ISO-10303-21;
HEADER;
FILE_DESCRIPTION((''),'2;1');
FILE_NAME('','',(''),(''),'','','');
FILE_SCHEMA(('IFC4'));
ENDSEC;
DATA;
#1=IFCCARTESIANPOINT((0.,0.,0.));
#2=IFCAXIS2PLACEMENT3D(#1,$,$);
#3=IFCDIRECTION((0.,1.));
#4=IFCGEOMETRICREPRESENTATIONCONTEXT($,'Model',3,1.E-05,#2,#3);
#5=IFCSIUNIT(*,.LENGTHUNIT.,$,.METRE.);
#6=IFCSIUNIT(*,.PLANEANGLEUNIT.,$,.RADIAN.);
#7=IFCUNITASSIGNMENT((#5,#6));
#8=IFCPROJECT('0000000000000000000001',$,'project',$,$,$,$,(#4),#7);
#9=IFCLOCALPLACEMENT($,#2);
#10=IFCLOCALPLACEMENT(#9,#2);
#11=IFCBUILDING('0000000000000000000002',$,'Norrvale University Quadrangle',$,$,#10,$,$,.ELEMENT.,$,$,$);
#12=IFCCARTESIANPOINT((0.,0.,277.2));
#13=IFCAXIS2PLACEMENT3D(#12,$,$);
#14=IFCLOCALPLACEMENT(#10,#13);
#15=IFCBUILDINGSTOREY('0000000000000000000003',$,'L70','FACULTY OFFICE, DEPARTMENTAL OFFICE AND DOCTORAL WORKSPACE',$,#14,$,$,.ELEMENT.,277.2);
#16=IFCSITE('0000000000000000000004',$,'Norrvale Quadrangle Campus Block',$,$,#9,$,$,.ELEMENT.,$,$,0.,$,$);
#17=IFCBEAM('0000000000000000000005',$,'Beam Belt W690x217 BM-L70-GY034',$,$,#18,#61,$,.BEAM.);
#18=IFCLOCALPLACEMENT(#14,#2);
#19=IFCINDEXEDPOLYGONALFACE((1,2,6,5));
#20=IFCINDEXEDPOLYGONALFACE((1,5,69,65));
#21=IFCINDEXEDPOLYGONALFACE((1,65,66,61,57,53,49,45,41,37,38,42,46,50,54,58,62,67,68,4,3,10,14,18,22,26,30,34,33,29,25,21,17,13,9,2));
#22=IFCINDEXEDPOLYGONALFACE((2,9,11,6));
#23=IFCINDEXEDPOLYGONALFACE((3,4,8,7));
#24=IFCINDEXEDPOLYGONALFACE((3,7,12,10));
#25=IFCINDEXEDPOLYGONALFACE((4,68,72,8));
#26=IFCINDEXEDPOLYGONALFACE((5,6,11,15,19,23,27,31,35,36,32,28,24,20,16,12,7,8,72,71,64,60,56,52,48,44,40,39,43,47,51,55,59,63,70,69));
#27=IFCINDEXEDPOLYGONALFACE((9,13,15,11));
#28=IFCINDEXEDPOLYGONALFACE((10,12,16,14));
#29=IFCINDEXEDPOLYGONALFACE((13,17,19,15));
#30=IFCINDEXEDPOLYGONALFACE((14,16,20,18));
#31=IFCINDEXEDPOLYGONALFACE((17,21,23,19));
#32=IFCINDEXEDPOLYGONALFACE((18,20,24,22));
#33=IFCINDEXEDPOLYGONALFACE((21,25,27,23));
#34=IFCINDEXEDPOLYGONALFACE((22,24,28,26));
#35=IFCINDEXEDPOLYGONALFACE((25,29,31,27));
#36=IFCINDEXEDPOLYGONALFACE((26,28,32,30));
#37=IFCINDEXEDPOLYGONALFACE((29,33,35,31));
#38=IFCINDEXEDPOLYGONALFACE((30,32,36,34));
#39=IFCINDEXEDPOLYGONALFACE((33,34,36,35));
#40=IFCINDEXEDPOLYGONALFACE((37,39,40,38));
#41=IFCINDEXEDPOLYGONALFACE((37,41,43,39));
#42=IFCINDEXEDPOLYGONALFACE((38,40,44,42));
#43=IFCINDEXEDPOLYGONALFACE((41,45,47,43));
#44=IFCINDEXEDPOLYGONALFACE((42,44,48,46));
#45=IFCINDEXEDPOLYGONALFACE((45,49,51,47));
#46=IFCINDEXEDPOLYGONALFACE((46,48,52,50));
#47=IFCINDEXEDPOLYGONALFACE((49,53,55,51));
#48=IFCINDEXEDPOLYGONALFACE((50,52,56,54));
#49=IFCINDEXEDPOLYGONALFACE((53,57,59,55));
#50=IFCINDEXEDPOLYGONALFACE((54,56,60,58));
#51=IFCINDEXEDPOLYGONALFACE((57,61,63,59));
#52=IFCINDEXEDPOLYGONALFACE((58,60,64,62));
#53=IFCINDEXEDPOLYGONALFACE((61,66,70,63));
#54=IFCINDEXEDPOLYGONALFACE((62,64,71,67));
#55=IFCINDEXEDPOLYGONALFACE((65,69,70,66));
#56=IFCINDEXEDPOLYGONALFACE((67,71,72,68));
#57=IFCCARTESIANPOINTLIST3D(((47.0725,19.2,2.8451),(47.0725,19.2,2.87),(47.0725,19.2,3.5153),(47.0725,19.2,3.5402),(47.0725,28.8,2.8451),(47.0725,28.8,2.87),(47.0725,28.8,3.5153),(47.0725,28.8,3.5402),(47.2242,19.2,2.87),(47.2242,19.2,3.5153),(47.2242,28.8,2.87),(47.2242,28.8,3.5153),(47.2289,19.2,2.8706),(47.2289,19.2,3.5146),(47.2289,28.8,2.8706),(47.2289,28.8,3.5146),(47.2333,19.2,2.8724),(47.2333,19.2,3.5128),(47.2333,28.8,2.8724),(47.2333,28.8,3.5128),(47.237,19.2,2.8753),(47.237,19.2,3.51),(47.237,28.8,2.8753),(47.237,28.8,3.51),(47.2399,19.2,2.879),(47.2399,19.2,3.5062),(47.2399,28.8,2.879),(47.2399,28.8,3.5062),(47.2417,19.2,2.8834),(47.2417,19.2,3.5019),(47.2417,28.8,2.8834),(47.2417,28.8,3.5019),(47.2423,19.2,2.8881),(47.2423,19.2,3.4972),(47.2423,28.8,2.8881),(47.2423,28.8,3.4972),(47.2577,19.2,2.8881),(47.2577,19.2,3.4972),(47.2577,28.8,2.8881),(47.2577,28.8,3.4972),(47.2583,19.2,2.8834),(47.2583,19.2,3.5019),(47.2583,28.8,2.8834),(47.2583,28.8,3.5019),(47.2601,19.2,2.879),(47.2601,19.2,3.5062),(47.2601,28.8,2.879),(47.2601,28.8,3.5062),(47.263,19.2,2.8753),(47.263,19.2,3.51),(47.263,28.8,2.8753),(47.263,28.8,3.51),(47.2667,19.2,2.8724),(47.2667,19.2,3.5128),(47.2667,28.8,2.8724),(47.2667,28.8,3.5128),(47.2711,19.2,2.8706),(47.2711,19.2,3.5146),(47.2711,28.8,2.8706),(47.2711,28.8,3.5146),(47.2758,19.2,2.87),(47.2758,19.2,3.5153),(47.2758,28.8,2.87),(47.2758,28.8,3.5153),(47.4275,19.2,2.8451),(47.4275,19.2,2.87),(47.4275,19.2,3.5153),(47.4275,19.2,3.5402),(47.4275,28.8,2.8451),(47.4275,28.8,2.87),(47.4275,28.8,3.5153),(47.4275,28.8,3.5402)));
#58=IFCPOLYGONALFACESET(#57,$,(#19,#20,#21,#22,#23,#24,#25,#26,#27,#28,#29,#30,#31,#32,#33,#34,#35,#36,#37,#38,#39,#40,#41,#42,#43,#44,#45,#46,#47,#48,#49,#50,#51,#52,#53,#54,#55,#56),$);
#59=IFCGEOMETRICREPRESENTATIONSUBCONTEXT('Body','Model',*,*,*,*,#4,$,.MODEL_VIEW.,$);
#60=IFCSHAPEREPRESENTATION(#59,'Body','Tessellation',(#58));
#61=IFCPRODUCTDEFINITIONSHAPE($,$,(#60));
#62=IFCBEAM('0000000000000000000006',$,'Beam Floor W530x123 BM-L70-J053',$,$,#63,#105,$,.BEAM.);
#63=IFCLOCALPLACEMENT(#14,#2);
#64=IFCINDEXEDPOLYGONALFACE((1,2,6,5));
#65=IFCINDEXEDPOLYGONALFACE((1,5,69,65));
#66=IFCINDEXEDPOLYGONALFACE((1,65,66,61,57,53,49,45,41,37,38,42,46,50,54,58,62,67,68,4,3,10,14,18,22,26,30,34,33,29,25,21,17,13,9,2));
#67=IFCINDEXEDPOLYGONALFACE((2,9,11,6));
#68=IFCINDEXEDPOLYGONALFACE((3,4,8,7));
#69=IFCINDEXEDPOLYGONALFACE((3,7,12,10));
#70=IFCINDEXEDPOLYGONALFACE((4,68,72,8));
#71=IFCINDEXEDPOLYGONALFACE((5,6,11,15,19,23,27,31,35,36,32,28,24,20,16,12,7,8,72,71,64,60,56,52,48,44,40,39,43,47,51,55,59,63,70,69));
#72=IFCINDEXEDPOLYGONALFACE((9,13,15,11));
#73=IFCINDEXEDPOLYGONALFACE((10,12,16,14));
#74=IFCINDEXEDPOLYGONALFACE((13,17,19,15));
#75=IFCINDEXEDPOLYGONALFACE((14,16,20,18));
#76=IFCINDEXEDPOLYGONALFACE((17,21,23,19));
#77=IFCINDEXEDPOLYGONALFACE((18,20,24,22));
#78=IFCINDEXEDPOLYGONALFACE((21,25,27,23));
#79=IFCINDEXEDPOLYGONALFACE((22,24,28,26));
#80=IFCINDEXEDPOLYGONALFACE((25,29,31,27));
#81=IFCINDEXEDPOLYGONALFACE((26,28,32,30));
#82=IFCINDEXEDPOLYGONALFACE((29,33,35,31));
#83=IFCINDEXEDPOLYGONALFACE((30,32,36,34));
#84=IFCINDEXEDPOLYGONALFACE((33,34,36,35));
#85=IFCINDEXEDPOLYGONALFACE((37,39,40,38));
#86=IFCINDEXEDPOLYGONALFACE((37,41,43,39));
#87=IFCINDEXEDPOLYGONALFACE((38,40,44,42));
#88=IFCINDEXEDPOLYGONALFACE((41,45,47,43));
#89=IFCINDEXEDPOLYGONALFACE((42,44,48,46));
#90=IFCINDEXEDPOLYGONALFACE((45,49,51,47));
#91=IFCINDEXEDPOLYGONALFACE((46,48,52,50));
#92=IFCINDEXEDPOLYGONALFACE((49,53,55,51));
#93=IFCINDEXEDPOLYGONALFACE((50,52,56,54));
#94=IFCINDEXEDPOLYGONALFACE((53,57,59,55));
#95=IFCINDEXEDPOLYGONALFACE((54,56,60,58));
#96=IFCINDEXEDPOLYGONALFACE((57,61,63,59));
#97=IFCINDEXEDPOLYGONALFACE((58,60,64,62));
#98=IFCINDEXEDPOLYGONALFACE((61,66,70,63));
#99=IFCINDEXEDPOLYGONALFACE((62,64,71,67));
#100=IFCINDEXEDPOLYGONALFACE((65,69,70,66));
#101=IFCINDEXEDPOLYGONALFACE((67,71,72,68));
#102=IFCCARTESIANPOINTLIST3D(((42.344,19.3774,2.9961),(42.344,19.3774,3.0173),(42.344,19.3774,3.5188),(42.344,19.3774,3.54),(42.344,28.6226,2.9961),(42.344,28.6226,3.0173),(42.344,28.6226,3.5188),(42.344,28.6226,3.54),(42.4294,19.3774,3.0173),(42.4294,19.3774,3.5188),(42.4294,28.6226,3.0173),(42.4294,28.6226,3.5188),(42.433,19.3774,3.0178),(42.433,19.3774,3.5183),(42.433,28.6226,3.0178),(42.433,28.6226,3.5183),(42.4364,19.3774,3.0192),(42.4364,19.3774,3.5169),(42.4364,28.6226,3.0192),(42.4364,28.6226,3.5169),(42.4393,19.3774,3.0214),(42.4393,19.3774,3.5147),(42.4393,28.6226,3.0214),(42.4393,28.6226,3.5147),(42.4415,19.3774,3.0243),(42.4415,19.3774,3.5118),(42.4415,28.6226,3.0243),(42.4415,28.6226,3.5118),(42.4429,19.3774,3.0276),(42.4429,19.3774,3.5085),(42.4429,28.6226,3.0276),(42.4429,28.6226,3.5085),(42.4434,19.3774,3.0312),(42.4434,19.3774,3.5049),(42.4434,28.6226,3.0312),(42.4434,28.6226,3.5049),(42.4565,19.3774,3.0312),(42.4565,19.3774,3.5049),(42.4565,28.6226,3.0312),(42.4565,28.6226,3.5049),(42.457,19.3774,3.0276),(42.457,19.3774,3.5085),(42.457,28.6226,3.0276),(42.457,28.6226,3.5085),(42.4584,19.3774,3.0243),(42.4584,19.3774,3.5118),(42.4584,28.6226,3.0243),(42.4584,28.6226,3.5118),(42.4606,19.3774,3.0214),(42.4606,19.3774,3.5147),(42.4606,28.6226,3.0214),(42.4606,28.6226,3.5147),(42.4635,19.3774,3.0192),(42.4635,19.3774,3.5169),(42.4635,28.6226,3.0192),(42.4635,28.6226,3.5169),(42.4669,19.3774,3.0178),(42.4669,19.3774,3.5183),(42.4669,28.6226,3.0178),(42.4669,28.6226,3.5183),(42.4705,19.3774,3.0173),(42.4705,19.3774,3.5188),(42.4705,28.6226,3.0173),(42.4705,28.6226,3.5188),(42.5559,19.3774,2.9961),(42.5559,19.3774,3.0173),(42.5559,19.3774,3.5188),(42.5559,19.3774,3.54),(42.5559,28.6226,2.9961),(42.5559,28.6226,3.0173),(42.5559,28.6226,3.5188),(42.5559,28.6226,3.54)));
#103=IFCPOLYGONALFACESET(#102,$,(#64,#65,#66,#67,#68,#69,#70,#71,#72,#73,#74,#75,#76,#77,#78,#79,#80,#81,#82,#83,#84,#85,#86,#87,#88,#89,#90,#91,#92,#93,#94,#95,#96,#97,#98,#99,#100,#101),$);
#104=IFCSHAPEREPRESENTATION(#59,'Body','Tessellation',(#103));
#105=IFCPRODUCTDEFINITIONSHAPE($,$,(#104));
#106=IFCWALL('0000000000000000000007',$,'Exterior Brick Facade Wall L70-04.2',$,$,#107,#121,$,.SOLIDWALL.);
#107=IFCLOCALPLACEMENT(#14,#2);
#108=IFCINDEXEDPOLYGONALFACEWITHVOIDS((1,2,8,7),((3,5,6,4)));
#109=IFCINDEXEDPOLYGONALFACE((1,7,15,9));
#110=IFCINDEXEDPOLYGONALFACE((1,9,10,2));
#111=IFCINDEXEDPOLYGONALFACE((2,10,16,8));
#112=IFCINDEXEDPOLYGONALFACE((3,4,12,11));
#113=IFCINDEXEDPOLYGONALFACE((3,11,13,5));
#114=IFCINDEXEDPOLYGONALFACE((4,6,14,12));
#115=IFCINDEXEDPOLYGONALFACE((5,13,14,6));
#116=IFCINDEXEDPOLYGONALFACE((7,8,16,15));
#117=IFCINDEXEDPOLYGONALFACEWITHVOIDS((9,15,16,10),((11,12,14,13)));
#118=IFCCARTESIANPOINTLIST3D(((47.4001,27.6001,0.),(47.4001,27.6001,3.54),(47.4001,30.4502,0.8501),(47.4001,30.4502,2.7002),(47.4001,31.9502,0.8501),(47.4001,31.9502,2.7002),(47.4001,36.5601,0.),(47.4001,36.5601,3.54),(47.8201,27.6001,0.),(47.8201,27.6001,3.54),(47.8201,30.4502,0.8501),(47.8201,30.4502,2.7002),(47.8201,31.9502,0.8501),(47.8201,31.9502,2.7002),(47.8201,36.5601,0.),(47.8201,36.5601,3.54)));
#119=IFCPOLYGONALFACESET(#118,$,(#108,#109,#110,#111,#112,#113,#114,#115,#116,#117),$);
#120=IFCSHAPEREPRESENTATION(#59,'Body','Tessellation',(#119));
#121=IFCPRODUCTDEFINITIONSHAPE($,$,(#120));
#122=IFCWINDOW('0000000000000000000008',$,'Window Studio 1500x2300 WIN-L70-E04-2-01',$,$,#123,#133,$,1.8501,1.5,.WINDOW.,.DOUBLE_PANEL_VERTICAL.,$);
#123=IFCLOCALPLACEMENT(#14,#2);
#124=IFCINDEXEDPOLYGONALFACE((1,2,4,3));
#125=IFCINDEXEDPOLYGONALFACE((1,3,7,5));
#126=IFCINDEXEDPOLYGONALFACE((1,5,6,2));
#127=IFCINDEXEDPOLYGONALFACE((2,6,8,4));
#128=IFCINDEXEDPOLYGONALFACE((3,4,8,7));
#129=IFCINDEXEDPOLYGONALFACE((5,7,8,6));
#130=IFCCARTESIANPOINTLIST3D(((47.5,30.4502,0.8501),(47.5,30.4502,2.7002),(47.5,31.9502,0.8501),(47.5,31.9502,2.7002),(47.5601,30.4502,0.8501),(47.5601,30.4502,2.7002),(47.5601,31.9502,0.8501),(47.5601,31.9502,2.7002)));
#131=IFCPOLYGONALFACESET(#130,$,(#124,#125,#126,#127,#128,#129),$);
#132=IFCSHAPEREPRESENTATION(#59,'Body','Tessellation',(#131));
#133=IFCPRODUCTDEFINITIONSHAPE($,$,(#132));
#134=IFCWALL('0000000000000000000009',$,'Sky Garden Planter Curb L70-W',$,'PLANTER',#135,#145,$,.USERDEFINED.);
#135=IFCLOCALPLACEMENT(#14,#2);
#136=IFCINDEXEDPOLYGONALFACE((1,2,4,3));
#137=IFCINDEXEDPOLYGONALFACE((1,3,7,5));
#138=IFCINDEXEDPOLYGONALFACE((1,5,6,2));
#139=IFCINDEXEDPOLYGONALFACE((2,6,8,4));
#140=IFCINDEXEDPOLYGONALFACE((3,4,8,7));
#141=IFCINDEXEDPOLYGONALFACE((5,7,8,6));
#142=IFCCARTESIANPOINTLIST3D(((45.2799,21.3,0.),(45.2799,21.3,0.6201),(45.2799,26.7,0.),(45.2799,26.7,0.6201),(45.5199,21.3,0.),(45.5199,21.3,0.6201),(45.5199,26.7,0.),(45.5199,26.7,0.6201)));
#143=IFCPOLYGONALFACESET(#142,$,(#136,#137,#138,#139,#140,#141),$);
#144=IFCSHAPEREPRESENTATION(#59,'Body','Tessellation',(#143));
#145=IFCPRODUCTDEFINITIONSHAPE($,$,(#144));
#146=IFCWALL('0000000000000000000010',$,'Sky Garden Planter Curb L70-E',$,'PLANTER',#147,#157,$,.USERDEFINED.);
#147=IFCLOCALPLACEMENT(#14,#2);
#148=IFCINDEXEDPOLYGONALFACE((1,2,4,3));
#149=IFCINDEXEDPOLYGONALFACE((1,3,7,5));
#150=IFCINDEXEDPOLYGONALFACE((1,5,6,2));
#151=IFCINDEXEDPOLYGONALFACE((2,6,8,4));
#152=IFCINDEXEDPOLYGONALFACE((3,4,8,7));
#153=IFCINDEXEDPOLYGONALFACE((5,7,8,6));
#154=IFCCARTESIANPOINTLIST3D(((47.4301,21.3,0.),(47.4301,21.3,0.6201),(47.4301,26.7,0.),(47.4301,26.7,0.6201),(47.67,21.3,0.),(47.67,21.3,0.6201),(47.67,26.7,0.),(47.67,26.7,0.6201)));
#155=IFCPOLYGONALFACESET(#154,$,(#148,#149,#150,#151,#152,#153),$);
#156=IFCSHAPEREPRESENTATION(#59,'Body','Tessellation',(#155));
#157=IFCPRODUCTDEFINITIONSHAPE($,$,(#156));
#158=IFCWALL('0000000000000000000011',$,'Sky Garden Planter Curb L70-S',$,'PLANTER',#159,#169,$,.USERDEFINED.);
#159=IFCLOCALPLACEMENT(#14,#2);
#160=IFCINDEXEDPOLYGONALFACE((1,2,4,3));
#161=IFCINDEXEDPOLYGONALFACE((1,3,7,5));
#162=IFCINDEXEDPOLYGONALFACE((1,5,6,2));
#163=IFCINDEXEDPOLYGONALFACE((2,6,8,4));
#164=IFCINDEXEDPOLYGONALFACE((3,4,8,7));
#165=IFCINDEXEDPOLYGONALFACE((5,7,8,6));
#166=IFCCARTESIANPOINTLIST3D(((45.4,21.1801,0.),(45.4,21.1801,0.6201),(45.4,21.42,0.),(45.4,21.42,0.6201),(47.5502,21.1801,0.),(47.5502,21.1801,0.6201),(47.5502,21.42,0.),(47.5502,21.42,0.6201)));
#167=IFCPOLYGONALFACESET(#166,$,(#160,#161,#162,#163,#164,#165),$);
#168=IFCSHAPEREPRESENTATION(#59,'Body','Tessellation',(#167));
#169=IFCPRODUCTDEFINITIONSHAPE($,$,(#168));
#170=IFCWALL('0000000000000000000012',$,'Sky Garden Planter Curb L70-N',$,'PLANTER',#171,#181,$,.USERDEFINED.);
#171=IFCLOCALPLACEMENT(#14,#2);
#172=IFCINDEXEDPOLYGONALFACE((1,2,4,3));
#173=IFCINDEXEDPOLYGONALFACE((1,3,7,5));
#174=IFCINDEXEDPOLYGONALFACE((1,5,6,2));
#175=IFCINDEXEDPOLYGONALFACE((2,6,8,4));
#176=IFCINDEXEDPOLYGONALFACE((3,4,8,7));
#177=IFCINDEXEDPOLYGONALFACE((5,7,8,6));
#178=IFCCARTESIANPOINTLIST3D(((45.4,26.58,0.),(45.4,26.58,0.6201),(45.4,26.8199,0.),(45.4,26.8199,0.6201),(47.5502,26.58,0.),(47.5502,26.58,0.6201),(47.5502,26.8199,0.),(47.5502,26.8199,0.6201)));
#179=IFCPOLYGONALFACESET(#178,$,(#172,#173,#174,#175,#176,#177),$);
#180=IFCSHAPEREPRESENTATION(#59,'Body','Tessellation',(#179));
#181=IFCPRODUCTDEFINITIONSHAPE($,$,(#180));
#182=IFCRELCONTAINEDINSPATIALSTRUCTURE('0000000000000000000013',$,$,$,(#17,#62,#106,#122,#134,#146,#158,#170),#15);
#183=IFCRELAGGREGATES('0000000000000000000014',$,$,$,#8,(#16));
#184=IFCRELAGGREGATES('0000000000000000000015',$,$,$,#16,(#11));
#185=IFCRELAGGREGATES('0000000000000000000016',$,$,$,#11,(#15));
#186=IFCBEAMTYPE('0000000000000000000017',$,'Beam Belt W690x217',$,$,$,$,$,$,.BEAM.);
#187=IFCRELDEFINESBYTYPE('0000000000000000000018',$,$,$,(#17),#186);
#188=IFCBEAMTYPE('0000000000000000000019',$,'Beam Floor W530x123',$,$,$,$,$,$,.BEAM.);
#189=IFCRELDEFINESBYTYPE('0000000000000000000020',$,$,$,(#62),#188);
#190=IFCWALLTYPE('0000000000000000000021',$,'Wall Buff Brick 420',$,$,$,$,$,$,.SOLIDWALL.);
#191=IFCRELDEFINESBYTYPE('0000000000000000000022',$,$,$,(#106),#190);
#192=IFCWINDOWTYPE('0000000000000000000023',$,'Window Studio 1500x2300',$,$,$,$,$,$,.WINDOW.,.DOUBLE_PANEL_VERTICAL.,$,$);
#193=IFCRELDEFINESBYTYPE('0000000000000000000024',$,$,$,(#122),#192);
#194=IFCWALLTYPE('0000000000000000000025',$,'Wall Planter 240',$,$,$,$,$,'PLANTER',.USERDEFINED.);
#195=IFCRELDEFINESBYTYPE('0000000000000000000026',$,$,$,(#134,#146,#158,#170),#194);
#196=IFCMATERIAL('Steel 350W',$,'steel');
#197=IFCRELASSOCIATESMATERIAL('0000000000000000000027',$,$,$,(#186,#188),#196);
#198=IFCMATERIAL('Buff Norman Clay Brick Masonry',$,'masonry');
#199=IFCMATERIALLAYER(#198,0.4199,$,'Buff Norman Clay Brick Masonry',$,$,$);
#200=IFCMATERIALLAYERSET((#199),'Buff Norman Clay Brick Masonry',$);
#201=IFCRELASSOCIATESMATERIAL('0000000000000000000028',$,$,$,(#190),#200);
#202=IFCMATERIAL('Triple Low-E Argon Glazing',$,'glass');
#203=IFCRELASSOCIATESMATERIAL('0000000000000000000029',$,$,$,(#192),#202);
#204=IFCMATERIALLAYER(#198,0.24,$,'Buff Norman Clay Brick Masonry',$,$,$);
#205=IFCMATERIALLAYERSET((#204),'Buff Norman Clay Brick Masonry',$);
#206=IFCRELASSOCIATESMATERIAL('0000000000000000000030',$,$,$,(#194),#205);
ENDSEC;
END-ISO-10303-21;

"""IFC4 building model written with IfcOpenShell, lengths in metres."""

from ifc_helpers import new_model, si_unit, direction, frame, frame_2d, origin, origin_2d, place, context, subcontext, project, spatial, rectangle, i_section, extrude, material, layer, layer_set, material_profile, profile_set, type_object, element, fill, save


model = new_model("IFC4")

# Units and contexts
model_context = context("Model", 3, precision=1e-05, world=origin(), true_north=direction((0.0, 1.0)))
body_context = subcontext(model_context, "Body", "Model", "MODEL_VIEW")
ifc_project = project(units=[si_unit("LENGTHUNIT", "METRE"), si_unit("PLANEANGLEUNIT", "RADIAN")], contexts=[model_context])

# Site, building, storey
site_placement = place(None, origin())
site = spatial("IfcSite", under=ifc_project, at=site_placement, Name="Norrvale Quadrangle Campus Block", CompositionType="ELEMENT", RefElevation=0.0)
building_placement = place(site_placement, origin())
building = spatial("IfcBuilding", under=site, at=building_placement, Name="Norrvale University Quadrangle", CompositionType="ELEMENT")
storey_placement = place(building_placement, frame((0.0, 0.0, 277.2)))
storey = spatial("IfcBuildingStorey", under=building, at=storey_placement, Name="L70", Description="FACULTY OFFICE, DEPARTMENTAL OFFICE AND DOCTORAL WORKSPACE", CompositionType="ELEMENT", Elevation=277.2)

# Beams
ifc_material_1 = material(Name="Steel 350W", Category="steel")
ifc_material_profile_1 = material_profile(ifc_material_1, i_section(OverallWidth=0.355, OverallDepth=0.6951, WebThickness=0.0154, FlangeThickness=0.0249, FilletRadius=0.0181, at=origin_2d()), Name="Steel 350W")
ifc_profile_set_1 = profile_set([ifc_material_profile_1], Name="Steel 350W")
beam_type_1 = type_object("IfcBeamType", Name="Beam Belt W690x217", PredefinedType="BEAM", material=ifc_profile_set_1)
beam_1_placement = place(storey_placement, frame((47.25, 19.2, 3.1926), z_axis=(0.0, 1.0, 0.0), x_axis=(-1.0, 0.0, 0.0)))
element("IfcBeam", 1, at=beam_1_placement, inside=storey, type_object=beam_type_1, Name="Beam Belt W690x217 BM-L70-GY034", PredefinedType="BEAM", context=body_context, shape_type="SweptSolid", body=[
    extrude(i_section(OverallWidth=0.355, OverallDepth=0.6951, WebThickness=0.0154, FlangeThickness=0.0249, FilletRadius=0.0181, at=origin_2d()), origin(), (0.0, 0.0, 1.0), 9.6001),
])
ifc_material_profile_2 = material_profile(ifc_material_1, i_section(OverallWidth=0.2119, OverallDepth=0.5439, WebThickness=0.0132, FlangeThickness=0.0212, FilletRadius=0.0139, at=origin_2d()), Name="Steel 350W")
ifc_profile_set_2 = profile_set([ifc_material_profile_2], Name="Steel 350W")
beam_type_2 = type_object("IfcBeamType", Name="Beam Floor W530x123", PredefinedType="BEAM", material=ifc_profile_set_2)
beam_2_placement = place(storey_placement, frame((42.45, 19.3774, 3.2681), z_axis=(0.0, 1.0, 0.0), x_axis=(-1.0, 0.0, 0.0)))
element("IfcBeam", 2, at=beam_2_placement, inside=storey, type_object=beam_type_2, Name="Beam Floor W530x123 BM-L70-J053", PredefinedType="BEAM", context=body_context, shape_type="SweptSolid", body=[
    extrude(i_section(OverallWidth=0.2119, OverallDepth=0.5439, WebThickness=0.0132, FlangeThickness=0.0212, FilletRadius=0.0139, at=origin_2d()), origin(), (0.0, 0.0, 1.0), 9.2451),
])

# Wall, opening, window
ifc_material_2 = material(Name="Buff Norman Clay Brick Masonry", Category="masonry")
ifc_layer_1 = layer(ifc_material_2, 0.4199, Name="Buff Norman Clay Brick Masonry")
ifc_layer_set_1 = layer_set([ifc_layer_1], Name="Buff Norman Clay Brick Masonry")
wall_type_1 = type_object("IfcWallType", Name="Wall Buff Brick 420", PredefinedType="SOLIDWALL", material=ifc_layer_set_1)
wall_placement = place(storey_placement, frame((47.6101, 27.6001, 0.0), z_axis=(0.0, 0.0, 1.0), x_axis=(0.0, 1.0, 0.0)))
wall = element("IfcWall", 3, at=wall_placement, inside=storey, type_object=wall_type_1, Name="Exterior Brick Facade Wall L70-04.2", PredefinedType="SOLIDWALL", context=body_context, shape_type="SweptSolid", body=[
    extrude(rectangle(XDim=8.96, YDim=0.4199, at=frame_2d((4.48, 0.0))), origin(), (0.0, 0.0, 1.0), 3.54),
])
opening_placement = place(wall_placement, frame((2.8501, 0.0, 0.8501)))
opening = element("IfcOpeningElement", 4, at=opening_placement, cuts=wall, PredefinedType="OPENING", context=body_context, shape_type="SweptSolid", body=[
    extrude(rectangle(XDim=1.5, YDim=1.8501, at=frame_2d((0.75, 0.925))), frame((0.0, 0.2219, 0.0), z_axis=(0.0, -1.0, 0.0), x_axis=(1.0, 0.0, 0.0)), (0.0, 0.0, 1.0), 0.4438),
])
ifc_material_3 = material(Name="Triple Low-E Argon Glazing", Category="glass")
window_type = type_object("IfcWindowType", Name="Window Studio 1500x2300", PartitioningType="DOUBLE_PANEL_VERTICAL", PredefinedType="WINDOW", material=ifc_material_3)
window_placement = place(opening_placement, origin())
window = element("IfcWindow", 5, at=window_placement, inside=storey, type_object=window_type, Name="Window Studio 1500x2300 WIN-L70-E04-2-01", OverallHeight=1.8501, OverallWidth=1.5, PartitioningType="DOUBLE_PANEL_VERTICAL", PredefinedType="WINDOW", context=body_context, shape_type="SweptSolid", body=[
    extrude(rectangle(XDim=1.5, YDim=1.8501, at=frame_2d((0.75, 0.925))), frame((0.0, 0.1101, 0.0), z_axis=(0.0, -1.0, 0.0), x_axis=(1.0, 0.0, 0.0)), (0.0, 0.0, 1.0), 0.0601),
])
fill(opening, window)

# Walls
ifc_layer_2 = layer(ifc_material_2, 0.24, Name="Buff Norman Clay Brick Masonry")
ifc_layer_set_2 = layer_set([ifc_layer_2], Name="Buff Norman Clay Brick Masonry")
wall_type_2 = type_object("IfcWallType", Name="Wall Planter 240", ElementType="PLANTER", PredefinedType="USERDEFINED", material=ifc_layer_set_2)
for number, where, z_axis, x_axis, name in (
    (6, (45.3999, 21.3, 0.0), (0.0, 0.0, 1.0), (0.0, 1.0, 0.0), "Sky Garden Planter Curb L70-W"),
    (7, (47.55, 21.3, 0.0), (0.0, 0.0, 1.0), (0.0, 1.0, 0.0), "Sky Garden Planter Curb L70-E"),
):
    element("IfcWall", number, at=place(storey_placement, frame(where, z_axis=z_axis, x_axis=x_axis)), inside=storey, type_object=wall_type_2, Name=name, ObjectType="PLANTER", PredefinedType="USERDEFINED", context=body_context, shape_type="SweptSolid", body=[
        extrude(rectangle(XDim=5.3999, YDim=0.24, at=frame_2d((2.7, 0.0))), origin(), (0.0, 0.0, 1.0), 0.6201),
    ])
for number, where, z_axis, x_axis, name in (
    (8, (45.3999, 21.3, 0.0), (0.0, 0.0, 1.0), (1.0, 0.0, 0.0), "Sky Garden Planter Curb L70-S"),
    (9, (45.3999, 26.7, 0.0), (0.0, 0.0, 1.0), (1.0, 0.0, 0.0), "Sky Garden Planter Curb L70-N"),
):
    element("IfcWall", number, at=place(storey_placement, frame(where, z_axis=z_axis, x_axis=x_axis)), inside=storey, type_object=wall_type_2, Name=name, ObjectType="PLANTER", PredefinedType="USERDEFINED", context=body_context, shape_type="SweptSolid", body=[
        extrude(rectangle(XDim=2.1501, YDim=0.24, at=frame_2d((1.0752, 0.0))), origin(), (0.0, 0.0, 1.0), 0.6201),
    ])

save(model, "model.ifc")
